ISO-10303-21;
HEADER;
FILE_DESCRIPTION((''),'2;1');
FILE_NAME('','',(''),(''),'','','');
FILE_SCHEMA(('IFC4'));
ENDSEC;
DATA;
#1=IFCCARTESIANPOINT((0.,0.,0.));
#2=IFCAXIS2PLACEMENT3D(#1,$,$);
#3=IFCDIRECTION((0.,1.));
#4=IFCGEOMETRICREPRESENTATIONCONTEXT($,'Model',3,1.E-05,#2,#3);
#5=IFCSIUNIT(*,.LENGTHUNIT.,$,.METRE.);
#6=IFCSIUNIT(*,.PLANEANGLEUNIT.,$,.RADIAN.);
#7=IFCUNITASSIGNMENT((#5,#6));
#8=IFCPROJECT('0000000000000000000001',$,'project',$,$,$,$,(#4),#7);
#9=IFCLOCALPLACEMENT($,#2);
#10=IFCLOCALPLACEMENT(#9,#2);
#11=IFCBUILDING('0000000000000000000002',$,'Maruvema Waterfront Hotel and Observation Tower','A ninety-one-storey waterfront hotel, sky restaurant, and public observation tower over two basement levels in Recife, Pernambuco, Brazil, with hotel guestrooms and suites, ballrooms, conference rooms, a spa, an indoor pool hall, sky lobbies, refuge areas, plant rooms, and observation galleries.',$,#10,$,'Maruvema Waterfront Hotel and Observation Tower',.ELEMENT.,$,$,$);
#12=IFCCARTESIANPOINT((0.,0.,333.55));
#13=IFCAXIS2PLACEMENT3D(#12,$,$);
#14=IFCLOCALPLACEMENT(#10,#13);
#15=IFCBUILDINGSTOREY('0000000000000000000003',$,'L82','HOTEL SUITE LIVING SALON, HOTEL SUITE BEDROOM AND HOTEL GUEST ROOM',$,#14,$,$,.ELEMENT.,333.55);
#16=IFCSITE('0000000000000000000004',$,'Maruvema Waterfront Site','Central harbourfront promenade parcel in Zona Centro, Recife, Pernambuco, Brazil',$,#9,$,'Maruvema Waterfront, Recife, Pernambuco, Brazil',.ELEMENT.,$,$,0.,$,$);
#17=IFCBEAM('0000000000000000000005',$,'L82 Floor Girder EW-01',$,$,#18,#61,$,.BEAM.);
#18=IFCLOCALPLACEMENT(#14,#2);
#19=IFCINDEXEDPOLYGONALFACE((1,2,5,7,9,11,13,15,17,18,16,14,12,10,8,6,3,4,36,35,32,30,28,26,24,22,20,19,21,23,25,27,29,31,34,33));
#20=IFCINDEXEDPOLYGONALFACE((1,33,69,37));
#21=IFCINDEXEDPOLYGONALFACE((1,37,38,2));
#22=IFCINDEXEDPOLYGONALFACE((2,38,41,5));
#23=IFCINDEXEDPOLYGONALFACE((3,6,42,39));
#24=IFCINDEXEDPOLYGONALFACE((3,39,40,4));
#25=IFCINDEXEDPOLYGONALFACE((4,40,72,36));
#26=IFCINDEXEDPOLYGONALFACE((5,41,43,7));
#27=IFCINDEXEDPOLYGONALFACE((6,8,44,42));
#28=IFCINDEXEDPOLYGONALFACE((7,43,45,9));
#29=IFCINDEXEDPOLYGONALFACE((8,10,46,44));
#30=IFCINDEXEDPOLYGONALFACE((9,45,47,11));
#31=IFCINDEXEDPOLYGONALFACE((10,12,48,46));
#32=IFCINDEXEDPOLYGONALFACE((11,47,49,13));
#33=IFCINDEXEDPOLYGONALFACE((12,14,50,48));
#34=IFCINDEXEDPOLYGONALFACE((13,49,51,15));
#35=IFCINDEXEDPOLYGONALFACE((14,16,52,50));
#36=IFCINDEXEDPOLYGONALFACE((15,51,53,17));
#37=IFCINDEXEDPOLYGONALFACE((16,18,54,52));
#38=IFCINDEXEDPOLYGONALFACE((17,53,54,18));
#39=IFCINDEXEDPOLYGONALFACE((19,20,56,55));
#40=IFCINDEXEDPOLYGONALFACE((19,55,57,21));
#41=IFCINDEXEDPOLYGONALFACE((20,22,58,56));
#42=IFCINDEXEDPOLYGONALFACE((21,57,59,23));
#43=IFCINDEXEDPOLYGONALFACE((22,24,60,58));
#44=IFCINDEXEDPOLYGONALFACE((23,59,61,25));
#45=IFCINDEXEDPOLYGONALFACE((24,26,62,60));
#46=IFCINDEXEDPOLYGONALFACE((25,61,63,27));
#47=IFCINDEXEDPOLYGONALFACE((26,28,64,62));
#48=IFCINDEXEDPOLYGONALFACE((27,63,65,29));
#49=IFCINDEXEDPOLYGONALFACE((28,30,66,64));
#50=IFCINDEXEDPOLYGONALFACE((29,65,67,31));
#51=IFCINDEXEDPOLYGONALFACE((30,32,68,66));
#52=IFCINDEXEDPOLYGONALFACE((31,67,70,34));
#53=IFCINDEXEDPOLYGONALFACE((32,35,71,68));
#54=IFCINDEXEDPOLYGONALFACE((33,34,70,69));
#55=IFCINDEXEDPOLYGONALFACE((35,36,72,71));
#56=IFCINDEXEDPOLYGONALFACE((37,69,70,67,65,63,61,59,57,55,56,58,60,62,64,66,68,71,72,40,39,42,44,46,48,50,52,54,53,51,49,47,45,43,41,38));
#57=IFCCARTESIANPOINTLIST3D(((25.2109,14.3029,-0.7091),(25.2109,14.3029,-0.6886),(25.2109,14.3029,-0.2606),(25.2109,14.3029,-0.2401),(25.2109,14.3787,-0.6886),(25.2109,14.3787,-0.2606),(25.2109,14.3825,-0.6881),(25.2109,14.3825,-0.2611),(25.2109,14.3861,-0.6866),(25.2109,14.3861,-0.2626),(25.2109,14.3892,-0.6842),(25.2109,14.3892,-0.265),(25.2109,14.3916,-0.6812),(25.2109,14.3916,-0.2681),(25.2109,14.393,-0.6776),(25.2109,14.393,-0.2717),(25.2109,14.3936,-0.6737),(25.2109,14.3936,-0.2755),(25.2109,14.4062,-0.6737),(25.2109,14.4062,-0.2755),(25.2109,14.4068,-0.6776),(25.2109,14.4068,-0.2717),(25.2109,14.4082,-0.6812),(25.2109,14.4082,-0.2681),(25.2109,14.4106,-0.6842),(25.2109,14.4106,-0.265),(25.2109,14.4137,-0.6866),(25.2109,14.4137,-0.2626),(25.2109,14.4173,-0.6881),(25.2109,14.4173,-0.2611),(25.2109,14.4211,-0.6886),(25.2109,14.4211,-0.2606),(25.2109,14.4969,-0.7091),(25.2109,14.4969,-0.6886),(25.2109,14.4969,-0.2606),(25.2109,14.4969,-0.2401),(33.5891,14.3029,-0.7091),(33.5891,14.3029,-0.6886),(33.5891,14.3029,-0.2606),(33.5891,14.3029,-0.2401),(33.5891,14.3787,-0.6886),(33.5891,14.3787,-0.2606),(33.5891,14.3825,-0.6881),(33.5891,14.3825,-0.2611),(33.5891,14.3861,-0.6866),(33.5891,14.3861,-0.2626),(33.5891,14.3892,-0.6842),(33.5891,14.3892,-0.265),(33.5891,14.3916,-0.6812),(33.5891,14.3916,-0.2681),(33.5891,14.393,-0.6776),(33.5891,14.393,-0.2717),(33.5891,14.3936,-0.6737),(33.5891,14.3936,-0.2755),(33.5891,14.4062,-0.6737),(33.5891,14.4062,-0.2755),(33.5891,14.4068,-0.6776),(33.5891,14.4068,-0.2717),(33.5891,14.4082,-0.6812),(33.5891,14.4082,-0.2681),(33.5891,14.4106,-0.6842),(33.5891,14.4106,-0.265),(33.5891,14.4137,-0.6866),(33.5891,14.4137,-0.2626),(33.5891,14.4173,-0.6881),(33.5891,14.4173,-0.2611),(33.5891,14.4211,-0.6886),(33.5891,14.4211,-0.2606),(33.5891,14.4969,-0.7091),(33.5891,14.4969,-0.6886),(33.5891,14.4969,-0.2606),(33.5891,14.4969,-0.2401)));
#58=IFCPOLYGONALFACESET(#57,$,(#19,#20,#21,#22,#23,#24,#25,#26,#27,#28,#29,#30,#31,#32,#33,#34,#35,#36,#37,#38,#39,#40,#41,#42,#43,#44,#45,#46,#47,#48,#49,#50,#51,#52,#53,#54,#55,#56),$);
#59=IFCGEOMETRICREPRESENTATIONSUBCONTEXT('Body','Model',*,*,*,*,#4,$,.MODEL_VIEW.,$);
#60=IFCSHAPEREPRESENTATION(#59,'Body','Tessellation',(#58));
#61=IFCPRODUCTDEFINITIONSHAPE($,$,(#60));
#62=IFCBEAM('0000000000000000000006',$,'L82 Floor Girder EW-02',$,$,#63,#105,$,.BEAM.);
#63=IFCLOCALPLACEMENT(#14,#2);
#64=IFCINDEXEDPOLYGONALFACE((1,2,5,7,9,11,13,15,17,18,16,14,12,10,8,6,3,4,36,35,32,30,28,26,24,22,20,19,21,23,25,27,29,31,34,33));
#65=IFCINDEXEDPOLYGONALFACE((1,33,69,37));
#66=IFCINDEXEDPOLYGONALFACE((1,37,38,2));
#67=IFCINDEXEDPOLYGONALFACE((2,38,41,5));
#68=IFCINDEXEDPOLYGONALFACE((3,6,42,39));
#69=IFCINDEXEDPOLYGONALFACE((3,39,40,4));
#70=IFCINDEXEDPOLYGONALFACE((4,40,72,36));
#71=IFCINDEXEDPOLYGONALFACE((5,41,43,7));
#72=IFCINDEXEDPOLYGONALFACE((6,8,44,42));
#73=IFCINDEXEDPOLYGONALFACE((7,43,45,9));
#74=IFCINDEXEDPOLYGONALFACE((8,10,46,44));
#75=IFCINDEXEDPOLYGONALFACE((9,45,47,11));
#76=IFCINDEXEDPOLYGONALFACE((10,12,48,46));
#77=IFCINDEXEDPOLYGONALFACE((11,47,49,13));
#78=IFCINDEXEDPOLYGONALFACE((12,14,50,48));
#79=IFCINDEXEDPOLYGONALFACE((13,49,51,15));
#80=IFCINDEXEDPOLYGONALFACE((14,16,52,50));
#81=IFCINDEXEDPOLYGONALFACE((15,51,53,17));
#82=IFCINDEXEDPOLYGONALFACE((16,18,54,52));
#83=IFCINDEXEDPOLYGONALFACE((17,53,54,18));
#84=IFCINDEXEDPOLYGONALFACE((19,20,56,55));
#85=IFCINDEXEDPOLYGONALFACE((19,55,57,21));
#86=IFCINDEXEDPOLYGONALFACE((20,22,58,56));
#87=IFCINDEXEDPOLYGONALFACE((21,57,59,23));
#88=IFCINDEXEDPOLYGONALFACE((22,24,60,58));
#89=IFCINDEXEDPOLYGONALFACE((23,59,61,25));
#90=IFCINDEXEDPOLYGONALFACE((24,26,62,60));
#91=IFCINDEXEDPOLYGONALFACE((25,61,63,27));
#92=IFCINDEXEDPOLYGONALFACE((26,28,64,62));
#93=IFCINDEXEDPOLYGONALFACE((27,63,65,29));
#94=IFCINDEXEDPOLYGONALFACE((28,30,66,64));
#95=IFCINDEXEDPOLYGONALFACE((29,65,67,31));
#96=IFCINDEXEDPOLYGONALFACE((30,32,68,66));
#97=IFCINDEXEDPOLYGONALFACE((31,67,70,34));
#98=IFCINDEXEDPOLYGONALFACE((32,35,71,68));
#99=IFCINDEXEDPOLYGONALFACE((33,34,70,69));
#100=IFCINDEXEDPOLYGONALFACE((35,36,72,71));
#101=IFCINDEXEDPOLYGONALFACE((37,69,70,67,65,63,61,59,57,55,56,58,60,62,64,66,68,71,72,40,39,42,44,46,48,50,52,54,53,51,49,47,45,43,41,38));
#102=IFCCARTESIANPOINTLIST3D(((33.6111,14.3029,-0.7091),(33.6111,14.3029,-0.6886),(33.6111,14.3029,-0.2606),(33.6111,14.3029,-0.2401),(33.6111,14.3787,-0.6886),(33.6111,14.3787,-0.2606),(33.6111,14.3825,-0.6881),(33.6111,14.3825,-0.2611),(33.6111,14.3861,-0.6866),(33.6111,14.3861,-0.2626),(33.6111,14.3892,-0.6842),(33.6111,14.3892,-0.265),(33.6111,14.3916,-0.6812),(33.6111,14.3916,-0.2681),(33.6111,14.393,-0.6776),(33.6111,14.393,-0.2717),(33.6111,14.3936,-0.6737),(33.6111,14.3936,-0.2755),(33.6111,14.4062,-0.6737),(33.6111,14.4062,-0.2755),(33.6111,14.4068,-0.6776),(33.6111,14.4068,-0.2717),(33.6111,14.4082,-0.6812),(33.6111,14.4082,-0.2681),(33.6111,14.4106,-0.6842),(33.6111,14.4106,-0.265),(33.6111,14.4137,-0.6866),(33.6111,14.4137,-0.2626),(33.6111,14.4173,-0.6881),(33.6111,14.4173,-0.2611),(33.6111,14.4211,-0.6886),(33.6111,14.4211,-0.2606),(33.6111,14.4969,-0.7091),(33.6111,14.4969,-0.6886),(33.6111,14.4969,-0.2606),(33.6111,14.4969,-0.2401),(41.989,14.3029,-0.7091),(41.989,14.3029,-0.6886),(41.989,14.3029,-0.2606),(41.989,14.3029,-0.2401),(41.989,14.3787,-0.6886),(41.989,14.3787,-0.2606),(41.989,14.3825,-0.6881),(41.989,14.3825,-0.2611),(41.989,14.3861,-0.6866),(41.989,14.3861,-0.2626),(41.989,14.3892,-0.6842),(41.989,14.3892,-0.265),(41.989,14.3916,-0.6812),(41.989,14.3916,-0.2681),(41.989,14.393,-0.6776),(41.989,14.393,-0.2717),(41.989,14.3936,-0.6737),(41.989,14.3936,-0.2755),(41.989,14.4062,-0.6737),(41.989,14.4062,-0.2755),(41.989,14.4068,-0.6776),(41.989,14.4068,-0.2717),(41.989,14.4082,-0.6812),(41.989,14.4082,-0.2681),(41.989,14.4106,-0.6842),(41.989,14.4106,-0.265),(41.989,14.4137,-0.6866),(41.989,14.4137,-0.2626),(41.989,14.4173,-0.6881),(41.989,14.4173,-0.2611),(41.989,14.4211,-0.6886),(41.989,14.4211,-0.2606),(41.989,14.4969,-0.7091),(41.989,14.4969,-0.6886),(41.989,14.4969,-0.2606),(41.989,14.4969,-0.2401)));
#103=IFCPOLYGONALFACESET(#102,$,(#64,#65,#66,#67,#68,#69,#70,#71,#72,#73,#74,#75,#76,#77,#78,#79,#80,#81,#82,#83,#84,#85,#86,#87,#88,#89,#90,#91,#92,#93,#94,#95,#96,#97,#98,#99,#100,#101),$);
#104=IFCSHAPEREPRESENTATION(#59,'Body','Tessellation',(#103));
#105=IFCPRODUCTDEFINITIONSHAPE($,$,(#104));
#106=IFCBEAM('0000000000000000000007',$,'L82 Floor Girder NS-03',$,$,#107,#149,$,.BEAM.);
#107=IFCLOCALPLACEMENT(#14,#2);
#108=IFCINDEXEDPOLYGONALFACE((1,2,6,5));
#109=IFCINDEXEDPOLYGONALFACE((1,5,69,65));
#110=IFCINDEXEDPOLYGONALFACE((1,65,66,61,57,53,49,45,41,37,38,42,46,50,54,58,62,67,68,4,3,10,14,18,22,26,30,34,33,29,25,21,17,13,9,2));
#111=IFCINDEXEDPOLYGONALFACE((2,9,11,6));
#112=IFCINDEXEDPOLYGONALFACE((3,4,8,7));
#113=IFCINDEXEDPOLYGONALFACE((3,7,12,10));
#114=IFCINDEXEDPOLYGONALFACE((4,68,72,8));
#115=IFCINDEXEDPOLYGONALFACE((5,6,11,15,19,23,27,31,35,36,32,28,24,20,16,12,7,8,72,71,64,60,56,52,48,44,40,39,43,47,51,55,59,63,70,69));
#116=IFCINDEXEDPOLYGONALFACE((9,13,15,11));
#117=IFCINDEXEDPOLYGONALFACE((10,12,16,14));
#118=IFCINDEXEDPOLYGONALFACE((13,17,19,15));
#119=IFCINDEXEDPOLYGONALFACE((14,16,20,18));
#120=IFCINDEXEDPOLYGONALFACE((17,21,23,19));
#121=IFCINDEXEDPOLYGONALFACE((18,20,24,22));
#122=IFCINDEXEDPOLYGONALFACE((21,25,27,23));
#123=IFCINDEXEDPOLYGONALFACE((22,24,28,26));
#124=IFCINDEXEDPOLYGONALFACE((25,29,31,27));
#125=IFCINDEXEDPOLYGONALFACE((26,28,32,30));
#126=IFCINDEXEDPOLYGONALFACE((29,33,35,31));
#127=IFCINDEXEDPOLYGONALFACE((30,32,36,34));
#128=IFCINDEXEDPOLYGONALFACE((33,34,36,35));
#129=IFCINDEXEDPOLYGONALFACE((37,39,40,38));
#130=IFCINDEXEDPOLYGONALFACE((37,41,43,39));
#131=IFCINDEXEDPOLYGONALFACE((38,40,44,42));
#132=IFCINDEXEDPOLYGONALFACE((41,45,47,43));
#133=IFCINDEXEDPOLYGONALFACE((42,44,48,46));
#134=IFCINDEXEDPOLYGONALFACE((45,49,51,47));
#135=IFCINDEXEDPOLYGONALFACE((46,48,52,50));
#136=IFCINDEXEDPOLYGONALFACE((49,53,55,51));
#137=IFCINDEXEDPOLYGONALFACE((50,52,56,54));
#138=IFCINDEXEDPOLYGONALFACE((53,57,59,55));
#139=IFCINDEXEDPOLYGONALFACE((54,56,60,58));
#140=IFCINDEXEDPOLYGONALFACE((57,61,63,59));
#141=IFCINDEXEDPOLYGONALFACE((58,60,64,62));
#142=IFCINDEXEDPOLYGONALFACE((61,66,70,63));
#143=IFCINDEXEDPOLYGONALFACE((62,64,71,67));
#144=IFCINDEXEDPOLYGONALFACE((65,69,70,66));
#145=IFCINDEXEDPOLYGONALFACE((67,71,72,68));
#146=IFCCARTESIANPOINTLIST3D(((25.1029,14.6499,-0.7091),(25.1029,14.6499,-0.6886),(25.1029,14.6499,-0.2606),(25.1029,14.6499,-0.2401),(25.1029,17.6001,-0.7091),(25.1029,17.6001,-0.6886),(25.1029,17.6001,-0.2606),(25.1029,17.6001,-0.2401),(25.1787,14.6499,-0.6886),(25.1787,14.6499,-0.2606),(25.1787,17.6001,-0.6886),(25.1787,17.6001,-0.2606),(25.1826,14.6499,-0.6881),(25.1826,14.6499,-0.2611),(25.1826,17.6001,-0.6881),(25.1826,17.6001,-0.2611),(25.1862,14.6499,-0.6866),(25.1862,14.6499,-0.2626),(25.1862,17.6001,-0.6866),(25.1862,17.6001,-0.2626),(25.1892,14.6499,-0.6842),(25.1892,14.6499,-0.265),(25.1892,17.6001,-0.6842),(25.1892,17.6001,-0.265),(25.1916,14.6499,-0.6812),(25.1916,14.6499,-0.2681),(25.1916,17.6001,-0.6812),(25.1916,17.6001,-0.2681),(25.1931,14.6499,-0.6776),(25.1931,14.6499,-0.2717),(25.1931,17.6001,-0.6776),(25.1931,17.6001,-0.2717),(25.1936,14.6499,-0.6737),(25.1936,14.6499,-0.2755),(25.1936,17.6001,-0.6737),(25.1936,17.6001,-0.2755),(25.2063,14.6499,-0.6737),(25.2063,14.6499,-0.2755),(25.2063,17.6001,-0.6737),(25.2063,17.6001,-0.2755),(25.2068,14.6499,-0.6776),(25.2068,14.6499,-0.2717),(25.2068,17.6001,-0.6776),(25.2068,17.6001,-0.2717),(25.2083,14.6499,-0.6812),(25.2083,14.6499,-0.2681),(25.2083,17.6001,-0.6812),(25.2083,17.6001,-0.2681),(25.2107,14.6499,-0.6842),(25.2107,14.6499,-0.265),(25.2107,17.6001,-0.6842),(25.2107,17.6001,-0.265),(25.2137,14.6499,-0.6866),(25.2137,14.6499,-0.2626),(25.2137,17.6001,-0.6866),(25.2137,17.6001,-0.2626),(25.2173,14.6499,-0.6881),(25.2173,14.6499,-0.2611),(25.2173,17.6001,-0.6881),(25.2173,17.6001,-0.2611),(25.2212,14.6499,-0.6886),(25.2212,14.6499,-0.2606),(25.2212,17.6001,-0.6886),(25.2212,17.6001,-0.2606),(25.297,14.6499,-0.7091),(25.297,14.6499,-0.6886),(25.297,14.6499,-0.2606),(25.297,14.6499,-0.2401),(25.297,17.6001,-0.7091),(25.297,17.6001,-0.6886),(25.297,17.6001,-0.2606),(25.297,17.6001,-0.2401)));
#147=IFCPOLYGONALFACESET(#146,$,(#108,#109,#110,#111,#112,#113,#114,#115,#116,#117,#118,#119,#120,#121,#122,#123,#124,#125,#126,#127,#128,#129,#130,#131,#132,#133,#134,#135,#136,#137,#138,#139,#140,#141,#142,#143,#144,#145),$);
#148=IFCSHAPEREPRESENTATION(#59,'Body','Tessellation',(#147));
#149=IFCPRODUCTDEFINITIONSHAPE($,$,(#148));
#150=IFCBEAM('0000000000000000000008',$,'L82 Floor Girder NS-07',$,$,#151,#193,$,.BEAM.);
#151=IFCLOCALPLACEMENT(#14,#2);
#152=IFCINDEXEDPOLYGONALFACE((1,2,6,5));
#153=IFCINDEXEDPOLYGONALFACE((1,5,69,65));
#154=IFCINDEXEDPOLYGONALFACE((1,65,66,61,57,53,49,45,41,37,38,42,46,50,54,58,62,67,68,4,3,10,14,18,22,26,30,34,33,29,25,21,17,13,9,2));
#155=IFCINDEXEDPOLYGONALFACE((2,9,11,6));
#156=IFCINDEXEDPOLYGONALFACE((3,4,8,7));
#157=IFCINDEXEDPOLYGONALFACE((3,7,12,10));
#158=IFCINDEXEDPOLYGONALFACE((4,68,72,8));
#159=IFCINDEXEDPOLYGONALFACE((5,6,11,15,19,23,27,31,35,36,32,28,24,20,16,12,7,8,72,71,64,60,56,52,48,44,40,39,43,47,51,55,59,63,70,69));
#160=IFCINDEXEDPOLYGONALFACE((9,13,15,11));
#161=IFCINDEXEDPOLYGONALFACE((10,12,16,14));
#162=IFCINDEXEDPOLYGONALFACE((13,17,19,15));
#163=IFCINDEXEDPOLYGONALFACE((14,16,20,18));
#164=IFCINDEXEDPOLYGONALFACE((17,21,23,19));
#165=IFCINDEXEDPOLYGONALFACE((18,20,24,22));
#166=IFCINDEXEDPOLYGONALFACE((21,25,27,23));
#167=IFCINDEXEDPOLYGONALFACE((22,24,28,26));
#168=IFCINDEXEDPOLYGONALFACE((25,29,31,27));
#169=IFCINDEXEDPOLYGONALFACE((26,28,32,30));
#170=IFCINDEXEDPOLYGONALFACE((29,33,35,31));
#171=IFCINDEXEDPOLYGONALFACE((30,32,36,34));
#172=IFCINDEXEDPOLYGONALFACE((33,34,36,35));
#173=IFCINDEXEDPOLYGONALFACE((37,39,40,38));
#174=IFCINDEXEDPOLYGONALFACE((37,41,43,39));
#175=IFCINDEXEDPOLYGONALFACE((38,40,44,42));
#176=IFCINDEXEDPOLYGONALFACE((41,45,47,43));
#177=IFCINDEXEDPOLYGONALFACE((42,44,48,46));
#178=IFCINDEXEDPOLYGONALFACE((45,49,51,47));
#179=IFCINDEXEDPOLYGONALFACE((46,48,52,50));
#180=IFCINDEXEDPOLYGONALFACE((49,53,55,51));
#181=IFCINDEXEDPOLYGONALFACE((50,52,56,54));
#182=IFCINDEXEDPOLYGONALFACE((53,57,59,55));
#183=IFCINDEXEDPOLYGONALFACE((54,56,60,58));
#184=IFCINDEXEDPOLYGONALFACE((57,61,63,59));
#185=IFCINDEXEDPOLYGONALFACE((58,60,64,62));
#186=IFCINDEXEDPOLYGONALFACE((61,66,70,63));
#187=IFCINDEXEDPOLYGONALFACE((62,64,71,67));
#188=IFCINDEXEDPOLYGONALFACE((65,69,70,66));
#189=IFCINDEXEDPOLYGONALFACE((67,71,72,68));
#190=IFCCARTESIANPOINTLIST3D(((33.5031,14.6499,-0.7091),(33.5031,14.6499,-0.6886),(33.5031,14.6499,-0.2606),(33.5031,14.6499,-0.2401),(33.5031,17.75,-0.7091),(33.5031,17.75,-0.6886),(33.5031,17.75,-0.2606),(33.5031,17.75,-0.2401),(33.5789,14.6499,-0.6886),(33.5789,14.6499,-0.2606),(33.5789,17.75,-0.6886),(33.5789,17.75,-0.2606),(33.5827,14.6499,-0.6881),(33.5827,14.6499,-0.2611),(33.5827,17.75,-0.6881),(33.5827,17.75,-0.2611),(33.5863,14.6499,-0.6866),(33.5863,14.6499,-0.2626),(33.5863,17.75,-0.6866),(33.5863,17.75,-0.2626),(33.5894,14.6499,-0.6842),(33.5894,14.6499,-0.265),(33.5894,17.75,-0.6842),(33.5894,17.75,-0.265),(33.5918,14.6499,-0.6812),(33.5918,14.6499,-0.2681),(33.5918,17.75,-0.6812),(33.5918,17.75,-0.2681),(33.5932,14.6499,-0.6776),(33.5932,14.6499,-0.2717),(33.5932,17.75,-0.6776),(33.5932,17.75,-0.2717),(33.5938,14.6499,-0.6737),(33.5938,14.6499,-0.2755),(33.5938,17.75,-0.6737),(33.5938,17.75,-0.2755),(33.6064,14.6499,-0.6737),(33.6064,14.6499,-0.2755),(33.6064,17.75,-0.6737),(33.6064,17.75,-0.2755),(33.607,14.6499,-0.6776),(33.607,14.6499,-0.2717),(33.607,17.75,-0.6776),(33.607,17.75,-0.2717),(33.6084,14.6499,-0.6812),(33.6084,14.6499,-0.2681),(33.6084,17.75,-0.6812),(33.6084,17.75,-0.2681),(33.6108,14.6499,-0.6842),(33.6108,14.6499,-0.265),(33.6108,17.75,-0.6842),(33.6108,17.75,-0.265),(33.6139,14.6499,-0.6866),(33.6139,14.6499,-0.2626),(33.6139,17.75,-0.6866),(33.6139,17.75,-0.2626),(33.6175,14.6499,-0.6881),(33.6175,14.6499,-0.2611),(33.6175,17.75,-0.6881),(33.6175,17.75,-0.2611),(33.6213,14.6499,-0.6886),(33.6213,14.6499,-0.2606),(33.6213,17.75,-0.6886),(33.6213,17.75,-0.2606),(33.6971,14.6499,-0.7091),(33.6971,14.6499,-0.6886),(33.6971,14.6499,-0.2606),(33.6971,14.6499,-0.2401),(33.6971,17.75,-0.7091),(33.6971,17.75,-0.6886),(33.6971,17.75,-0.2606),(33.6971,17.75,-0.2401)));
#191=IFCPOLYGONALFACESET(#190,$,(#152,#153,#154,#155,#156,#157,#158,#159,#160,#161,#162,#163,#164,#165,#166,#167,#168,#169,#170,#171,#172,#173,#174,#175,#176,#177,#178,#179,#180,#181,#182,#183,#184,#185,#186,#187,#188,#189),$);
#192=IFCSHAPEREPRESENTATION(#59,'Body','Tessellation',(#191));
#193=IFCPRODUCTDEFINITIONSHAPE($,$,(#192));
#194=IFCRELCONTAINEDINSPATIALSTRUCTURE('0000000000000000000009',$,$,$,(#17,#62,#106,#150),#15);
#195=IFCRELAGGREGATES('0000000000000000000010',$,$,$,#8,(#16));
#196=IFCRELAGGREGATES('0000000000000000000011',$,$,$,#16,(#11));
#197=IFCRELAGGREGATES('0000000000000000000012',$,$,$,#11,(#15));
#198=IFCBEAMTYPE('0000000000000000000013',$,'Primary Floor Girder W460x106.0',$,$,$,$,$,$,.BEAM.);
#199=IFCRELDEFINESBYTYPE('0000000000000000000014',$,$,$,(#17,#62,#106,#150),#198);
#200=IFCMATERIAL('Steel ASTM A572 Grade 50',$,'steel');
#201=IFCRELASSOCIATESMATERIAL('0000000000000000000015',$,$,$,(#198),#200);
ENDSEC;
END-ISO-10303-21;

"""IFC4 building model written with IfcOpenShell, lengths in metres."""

from ifc_helpers import new_model, si_unit, direction, frame, origin, origin_2d, place, context, subcontext, project, spatial, i_section, extrude, material, material_profile, profile_set, type_object, element, save


model = new_model("IFC4")

# Units and contexts
model_context = context("Model", 3, precision=1e-05, world=origin(), true_north=direction((0.0, 1.0)))
body_context = subcontext(model_context, "Body", "Model", "MODEL_VIEW")
ifc_project = project(units=[si_unit("LENGTHUNIT", "METRE"), si_unit("PLANEANGLEUNIT", "RADIAN")], contexts=[model_context])

# Site, building, storey
site_placement = place(None, origin())
site = spatial("IfcSite", under=ifc_project, at=site_placement, Name="Maruvema Waterfront Site", Description="Central harbourfront promenade parcel in Zona Centro, Recife, Pernambuco, Brazil", LongName="Maruvema Waterfront, Recife, Pernambuco, Brazil", CompositionType="ELEMENT", RefElevation=0.0)
building_placement = place(site_placement, origin())
building = spatial("IfcBuilding", under=site, at=building_placement, Name="Maruvema Waterfront Hotel and Observation Tower", Description="A ninety-one-storey waterfront hotel, sky restaurant, and public observation tower over two basement levels in Recife, Pernambuco, Brazil, with hotel guestrooms and suites, ballrooms, conference rooms, a spa, an indoor pool hall, sky lobbies, refuge areas, plant rooms, and observation galleries.", LongName="Maruvema Waterfront Hotel and Observation Tower", CompositionType="ELEMENT")
storey_placement = place(building_placement, frame((0.0, 0.0, 333.55)))
storey = spatial("IfcBuildingStorey", under=building, at=storey_placement, Name="L82", Description="HOTEL SUITE LIVING SALON, HOTEL SUITE BEDROOM AND HOTEL GUEST ROOM", CompositionType="ELEMENT", Elevation=333.55)

# Beams
ifc_material_1 = material(Name="Steel ASTM A572 Grade 50", Category="steel")
ifc_material_profile_1 = material_profile(ifc_material_1, i_section(OverallWidth=0.1941, OverallDepth=0.469, WebThickness=0.0127, FlangeThickness=0.0205, FilletRadius=0.0149, at=origin_2d()), Name="W460x106.0")
ifc_profile_set_1 = profile_set([ifc_material_profile_1], Name="Steel ASTM A572 Grade 50")
beam_type_1 = type_object("IfcBeamType", Name="Primary Floor Girder W460x106.0", PredefinedType="BEAM", material=ifc_profile_set_1)
beam_1_placement = place(storey_placement, frame((25.2109, 14.3999, -0.4746), z_axis=(1.0, 0.0, 0.0), x_axis=(0.0, 1.0, 0.0)))
element("IfcBeam", 1, at=beam_1_placement, inside=storey, type_object=beam_type_1, Name="L82 Floor Girder EW-01", PredefinedType="BEAM", context=body_context, shape_type="SweptSolid", body=[
    extrude(i_section(OverallWidth=0.1941, OverallDepth=0.469, WebThickness=0.0127, FlangeThickness=0.0205, FilletRadius=0.0149, at=origin_2d()), origin(), (0.0, 0.0, 1.0), 8.3782),
])
beam_2_placement = place(storey_placement, frame((33.6111, 14.3999, -0.4746), z_axis=(1.0, 0.0, 0.0), x_axis=(0.0, 1.0, 0.0)))
element("IfcBeam", 2, at=beam_2_placement, inside=storey, type_object=beam_type_1, Name="L82 Floor Girder EW-02", PredefinedType="BEAM", context=body_context, shape_type="SweptSolid", body=[
    extrude(i_section(OverallWidth=0.1941, OverallDepth=0.469, WebThickness=0.0127, FlangeThickness=0.0205, FilletRadius=0.0149, at=origin_2d()), origin(), (0.0, 0.0, 1.0), 8.3779),
])
beam_3_placement = place(storey_placement, frame((25.2, 14.6499, -0.4746), z_axis=(0.0, 1.0, 0.0), x_axis=(-1.0, 0.0, 0.0)))
element("IfcBeam", 3, at=beam_3_placement, inside=storey, type_object=beam_type_1, Name="L82 Floor Girder NS-03", PredefinedType="BEAM", context=body_context, shape_type="SweptSolid", body=[
    extrude(i_section(OverallWidth=0.1941, OverallDepth=0.469, WebThickness=0.0127, FlangeThickness=0.0205, FilletRadius=0.0149, at=origin_2d()), origin(), (0.0, 0.0, 1.0), 2.9502),
])
beam_4_placement = place(storey_placement, frame((33.6001, 14.6499, -0.4746), z_axis=(0.0, 1.0, 0.0), x_axis=(-1.0, 0.0, 0.0)))
element("IfcBeam", 4, at=beam_4_placement, inside=storey, type_object=beam_type_1, Name="L82 Floor Girder NS-07", PredefinedType="BEAM", context=body_context, shape_type="SweptSolid", body=[
    extrude(i_section(OverallWidth=0.1941, OverallDepth=0.469, WebThickness=0.0127, FlangeThickness=0.0205, FilletRadius=0.0149, at=origin_2d()), origin(), (0.0, 0.0, 1.0), 3.1001),
])

save(model, "model.ifc")
